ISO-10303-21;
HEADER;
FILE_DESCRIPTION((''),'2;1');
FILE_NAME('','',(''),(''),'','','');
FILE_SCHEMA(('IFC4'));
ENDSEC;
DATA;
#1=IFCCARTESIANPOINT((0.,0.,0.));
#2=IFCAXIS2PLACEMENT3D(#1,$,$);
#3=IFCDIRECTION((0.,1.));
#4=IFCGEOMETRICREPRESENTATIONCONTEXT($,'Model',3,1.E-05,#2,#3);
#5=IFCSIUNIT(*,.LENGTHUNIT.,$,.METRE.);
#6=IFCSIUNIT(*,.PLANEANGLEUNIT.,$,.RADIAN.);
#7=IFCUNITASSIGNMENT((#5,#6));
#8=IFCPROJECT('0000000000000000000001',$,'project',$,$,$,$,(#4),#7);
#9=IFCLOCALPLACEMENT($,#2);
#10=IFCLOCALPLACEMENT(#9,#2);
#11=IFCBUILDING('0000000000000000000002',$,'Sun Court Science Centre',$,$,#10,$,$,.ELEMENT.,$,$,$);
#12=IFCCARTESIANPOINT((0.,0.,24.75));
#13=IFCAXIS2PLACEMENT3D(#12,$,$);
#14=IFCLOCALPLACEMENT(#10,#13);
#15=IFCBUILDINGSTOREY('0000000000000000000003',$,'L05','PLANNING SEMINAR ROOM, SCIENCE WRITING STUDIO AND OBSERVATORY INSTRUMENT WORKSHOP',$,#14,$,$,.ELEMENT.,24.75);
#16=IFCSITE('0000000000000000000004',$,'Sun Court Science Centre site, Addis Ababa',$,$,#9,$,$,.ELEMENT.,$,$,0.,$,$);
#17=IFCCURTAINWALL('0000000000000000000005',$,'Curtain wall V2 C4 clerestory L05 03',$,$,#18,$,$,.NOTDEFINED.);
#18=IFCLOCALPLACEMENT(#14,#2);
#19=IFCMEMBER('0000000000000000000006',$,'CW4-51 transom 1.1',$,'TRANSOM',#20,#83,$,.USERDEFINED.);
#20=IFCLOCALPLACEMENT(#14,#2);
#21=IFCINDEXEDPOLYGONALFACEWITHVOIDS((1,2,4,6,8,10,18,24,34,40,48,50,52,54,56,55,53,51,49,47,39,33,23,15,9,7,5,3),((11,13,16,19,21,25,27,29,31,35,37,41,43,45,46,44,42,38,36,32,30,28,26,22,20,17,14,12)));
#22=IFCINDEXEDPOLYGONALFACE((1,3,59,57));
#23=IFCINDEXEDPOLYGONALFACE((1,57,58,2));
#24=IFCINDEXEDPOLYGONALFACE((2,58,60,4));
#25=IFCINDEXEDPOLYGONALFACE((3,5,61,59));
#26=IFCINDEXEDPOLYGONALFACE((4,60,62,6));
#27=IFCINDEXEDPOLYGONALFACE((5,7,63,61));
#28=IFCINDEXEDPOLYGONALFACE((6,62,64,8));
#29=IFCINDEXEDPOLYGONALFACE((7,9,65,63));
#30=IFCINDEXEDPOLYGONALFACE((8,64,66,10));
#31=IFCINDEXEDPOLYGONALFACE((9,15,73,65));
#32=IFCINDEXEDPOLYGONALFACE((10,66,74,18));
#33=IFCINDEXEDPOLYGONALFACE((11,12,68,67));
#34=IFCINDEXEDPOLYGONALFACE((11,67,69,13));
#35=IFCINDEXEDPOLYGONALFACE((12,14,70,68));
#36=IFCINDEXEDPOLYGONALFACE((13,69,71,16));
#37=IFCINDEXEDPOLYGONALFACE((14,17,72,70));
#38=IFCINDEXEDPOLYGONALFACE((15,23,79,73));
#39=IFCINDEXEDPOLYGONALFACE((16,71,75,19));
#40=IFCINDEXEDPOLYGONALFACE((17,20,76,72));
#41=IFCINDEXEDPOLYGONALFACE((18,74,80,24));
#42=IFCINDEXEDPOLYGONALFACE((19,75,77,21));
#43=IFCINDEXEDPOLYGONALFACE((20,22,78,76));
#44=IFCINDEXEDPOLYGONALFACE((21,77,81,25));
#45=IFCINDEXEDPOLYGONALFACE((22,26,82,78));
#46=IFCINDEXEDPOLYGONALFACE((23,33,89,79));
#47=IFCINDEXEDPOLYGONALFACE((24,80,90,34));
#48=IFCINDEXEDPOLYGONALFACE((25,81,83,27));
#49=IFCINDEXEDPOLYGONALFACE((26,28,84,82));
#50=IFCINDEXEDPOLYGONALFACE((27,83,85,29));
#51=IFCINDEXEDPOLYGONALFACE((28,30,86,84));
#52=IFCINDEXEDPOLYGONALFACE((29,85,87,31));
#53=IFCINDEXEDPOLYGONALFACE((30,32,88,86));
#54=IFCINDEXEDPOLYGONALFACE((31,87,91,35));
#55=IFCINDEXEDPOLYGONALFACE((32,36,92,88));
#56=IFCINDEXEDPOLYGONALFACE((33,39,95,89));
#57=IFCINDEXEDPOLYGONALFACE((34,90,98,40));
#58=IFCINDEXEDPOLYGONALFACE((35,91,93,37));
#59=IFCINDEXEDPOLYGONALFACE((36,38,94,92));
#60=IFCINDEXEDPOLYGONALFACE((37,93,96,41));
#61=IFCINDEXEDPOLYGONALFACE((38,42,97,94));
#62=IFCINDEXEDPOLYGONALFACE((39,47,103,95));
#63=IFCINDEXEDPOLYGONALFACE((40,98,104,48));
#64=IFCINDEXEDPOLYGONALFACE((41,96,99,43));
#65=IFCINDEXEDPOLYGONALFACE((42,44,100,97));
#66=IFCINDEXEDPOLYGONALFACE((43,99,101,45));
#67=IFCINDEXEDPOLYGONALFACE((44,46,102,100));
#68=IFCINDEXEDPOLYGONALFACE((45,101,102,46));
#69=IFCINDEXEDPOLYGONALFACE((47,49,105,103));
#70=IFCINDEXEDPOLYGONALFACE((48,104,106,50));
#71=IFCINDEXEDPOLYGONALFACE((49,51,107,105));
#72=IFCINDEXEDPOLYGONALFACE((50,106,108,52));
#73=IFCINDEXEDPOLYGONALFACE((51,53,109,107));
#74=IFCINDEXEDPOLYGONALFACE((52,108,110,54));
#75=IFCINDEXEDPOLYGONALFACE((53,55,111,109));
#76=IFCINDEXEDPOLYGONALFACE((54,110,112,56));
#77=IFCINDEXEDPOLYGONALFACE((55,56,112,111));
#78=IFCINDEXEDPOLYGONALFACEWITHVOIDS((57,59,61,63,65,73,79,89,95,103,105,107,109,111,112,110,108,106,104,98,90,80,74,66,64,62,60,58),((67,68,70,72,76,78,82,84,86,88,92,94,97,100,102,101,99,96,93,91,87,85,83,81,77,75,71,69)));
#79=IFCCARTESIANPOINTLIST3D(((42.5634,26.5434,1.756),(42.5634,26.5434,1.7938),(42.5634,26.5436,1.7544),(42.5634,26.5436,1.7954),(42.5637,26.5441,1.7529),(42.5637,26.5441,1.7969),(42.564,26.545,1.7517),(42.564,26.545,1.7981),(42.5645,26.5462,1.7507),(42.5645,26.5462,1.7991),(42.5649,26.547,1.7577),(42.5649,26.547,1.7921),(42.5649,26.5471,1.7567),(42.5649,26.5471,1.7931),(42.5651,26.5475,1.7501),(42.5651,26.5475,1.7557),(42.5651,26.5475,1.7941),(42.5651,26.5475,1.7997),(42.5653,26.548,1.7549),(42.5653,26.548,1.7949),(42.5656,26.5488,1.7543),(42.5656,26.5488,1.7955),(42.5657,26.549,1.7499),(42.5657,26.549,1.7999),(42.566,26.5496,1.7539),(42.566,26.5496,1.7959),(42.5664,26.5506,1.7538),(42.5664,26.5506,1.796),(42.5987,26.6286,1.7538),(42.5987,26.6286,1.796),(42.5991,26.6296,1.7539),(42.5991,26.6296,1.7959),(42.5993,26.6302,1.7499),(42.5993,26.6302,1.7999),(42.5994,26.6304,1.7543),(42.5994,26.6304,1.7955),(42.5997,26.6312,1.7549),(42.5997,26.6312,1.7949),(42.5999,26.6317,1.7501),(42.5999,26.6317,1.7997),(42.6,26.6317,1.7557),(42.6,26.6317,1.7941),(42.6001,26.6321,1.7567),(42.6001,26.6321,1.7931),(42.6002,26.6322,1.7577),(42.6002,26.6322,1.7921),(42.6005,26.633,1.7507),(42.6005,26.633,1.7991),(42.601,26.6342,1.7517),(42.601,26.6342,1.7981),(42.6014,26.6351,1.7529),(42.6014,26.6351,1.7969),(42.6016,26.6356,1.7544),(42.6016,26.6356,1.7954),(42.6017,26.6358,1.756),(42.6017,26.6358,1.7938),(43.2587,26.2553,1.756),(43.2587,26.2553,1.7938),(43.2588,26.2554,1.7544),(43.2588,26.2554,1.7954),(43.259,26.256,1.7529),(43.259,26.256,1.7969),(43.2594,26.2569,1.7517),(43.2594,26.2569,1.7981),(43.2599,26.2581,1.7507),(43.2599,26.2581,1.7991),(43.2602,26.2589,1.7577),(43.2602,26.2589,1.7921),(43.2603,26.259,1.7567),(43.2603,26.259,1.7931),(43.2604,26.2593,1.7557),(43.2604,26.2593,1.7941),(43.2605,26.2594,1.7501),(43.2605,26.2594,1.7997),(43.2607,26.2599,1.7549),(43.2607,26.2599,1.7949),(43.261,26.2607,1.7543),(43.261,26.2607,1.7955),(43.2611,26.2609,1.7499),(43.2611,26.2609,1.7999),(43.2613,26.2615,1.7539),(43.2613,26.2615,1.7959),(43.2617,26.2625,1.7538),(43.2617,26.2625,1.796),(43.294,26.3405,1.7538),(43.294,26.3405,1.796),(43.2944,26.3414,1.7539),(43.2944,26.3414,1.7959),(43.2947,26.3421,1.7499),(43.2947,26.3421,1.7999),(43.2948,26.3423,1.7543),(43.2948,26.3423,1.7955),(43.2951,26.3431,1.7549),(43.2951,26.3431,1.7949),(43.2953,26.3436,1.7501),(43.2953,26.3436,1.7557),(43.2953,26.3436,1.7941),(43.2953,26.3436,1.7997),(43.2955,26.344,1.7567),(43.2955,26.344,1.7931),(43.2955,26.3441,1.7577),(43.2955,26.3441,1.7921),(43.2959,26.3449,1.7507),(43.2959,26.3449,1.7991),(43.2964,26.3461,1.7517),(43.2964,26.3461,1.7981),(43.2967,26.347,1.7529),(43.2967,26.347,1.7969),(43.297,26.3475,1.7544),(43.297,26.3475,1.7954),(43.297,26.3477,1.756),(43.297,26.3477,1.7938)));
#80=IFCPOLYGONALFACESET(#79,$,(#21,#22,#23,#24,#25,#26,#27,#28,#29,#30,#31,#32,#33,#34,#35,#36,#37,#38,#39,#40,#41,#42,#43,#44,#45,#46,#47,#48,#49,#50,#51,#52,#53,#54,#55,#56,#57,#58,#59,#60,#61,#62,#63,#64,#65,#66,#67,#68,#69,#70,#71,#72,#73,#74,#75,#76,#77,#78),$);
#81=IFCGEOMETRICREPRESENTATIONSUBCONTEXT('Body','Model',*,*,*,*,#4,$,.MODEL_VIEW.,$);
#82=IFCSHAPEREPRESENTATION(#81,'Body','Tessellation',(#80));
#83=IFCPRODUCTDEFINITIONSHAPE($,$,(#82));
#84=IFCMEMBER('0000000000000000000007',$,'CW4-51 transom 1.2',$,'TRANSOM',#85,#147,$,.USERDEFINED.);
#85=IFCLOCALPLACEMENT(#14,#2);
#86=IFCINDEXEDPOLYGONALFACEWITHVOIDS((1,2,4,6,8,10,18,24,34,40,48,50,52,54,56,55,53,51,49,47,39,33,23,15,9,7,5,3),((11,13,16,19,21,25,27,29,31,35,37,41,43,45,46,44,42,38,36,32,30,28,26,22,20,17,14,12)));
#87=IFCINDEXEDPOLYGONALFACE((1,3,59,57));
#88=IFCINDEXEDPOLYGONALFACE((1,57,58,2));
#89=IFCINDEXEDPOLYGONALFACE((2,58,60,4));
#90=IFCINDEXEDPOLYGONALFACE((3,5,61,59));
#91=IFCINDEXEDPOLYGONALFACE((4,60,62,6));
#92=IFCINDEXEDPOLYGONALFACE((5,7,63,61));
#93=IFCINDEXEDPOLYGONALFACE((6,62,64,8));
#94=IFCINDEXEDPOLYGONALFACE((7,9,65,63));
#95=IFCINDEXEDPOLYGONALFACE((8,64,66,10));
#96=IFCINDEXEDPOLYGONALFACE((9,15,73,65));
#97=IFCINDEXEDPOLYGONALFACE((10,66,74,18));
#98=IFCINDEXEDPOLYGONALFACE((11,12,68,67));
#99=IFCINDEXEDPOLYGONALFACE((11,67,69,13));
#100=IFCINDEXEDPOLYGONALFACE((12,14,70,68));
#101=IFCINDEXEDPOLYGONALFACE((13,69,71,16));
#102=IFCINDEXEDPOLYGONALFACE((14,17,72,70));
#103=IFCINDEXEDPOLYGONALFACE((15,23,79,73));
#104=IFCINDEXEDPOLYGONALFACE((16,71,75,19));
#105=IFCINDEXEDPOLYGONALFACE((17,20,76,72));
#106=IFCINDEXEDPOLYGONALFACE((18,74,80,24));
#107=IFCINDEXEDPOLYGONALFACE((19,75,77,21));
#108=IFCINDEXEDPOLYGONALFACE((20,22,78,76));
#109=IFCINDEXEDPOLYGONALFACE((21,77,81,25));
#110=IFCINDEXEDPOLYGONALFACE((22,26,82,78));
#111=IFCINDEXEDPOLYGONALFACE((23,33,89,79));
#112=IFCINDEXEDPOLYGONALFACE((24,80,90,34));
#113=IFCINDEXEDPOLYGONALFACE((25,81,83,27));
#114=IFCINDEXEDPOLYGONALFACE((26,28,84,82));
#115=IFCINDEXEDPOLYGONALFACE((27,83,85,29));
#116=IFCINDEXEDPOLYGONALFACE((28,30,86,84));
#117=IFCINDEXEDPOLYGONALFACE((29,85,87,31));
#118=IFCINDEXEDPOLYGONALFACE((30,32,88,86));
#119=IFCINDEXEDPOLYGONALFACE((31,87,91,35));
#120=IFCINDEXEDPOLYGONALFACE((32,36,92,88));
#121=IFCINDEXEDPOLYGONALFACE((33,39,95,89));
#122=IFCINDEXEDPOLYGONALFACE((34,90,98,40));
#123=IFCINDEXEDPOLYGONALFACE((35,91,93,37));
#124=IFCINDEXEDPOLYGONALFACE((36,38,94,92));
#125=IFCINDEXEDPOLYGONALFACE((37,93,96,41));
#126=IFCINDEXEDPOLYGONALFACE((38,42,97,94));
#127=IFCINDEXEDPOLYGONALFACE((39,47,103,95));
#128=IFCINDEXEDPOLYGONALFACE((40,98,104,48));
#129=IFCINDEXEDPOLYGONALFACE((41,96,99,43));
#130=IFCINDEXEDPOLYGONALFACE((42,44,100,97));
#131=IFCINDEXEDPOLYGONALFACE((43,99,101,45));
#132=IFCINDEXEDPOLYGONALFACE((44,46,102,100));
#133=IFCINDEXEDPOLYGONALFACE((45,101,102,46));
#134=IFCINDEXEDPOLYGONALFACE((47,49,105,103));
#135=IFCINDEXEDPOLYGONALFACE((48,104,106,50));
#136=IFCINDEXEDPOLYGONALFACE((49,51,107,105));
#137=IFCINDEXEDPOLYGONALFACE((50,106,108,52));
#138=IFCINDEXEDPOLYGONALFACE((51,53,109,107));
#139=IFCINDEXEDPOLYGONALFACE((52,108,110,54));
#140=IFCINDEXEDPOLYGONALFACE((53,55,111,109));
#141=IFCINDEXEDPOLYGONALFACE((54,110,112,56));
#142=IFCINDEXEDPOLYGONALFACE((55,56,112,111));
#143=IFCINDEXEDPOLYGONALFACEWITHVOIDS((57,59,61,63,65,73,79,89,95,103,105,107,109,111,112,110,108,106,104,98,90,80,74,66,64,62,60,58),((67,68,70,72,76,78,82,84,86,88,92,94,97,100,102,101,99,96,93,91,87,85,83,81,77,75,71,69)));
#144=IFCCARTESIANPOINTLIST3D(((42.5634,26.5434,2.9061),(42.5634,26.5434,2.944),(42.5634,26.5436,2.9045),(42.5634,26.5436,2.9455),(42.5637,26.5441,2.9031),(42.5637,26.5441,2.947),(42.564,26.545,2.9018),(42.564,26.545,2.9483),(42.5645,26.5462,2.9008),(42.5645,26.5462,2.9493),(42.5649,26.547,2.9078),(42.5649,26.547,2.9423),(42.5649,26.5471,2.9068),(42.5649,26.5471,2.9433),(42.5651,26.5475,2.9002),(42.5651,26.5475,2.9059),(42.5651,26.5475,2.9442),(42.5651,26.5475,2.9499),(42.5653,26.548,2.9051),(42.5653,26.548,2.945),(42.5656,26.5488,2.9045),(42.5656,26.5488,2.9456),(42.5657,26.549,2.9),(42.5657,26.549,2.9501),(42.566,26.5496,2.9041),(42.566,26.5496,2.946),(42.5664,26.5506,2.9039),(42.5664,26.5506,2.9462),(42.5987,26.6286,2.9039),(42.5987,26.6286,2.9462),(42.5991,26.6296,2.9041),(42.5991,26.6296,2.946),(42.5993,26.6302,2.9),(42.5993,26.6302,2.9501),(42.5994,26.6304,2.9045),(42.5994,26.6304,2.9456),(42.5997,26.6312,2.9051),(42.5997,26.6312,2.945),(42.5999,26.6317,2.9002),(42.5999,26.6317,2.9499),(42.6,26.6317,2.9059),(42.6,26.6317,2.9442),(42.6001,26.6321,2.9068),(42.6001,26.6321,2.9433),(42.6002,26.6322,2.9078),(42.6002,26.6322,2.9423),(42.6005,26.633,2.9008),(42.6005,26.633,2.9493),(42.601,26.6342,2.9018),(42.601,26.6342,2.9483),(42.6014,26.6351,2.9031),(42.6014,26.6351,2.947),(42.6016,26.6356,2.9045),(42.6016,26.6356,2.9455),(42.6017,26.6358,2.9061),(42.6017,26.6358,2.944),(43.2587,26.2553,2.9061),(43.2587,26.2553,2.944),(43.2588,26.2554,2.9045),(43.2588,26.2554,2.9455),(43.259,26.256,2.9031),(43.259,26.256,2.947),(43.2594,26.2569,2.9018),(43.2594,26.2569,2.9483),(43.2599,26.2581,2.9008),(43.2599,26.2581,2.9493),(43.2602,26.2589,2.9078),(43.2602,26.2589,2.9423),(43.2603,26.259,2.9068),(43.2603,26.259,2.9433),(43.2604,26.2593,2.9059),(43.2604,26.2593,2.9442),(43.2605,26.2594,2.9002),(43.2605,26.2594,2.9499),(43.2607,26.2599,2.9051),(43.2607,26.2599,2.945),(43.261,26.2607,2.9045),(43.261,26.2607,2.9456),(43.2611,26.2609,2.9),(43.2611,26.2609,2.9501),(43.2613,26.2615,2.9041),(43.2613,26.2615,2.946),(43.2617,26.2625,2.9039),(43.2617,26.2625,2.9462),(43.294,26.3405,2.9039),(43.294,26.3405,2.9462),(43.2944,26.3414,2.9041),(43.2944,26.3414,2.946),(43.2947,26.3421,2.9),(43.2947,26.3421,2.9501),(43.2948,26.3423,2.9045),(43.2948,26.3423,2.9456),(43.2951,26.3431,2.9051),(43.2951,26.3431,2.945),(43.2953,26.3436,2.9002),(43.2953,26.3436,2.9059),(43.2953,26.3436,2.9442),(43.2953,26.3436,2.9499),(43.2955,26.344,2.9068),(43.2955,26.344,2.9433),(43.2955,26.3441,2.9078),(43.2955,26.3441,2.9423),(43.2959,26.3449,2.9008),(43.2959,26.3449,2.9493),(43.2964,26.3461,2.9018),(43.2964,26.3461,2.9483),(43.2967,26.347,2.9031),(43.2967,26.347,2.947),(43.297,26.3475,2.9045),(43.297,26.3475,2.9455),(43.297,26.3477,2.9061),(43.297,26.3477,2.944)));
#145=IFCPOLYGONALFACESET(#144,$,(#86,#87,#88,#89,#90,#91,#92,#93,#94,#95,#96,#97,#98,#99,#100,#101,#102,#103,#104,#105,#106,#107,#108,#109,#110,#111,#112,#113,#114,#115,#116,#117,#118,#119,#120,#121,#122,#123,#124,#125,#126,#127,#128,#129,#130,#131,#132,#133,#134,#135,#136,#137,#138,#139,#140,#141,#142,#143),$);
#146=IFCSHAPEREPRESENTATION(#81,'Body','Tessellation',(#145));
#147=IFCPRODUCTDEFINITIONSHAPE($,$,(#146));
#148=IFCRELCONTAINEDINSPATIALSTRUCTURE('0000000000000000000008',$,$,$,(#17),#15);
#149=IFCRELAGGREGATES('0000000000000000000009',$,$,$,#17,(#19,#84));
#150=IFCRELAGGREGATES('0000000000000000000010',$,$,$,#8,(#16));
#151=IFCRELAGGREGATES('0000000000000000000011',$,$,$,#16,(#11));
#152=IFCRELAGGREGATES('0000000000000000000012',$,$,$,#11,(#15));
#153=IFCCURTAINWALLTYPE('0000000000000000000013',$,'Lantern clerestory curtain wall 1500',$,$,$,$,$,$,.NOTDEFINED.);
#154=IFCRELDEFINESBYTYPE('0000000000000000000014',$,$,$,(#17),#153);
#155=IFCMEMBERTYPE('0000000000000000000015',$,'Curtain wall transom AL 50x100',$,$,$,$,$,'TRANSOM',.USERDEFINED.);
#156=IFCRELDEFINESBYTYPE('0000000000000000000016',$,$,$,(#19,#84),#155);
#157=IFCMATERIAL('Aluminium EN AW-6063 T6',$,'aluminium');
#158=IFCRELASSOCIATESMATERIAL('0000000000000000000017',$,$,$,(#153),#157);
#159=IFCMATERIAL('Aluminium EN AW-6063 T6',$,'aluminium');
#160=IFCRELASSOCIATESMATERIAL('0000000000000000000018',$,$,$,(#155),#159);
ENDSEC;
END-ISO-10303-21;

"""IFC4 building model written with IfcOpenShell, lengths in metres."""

from ifc_helpers import new_model, si_unit, direction, frame, origin, origin_2d, place, context, subcontext, project, spatial, hollow_rectangle, extrude, material, material_profile, profile_set, type_object, element, aggregate, save


model = new_model("IFC4")

# Units and contexts
model_context = context("Model", 3, precision=1e-05, world=origin(), true_north=direction((0.0, 1.0)))
body_context = subcontext(model_context, "Body", "Model", "MODEL_VIEW")
ifc_project = project(units=[si_unit("LENGTHUNIT", "METRE"), si_unit("PLANEANGLEUNIT", "RADIAN")], contexts=[model_context])

# Site, building, storey
site_placement = place(None, origin())
site = spatial("IfcSite", under=ifc_project, at=site_placement, Name="Sun Court Science Centre site, Addis Ababa", CompositionType="ELEMENT", RefElevation=0.0)
building_placement = place(site_placement, origin())
building = spatial("IfcBuilding", under=site, at=building_placement, Name="Sun Court Science Centre", CompositionType="ELEMENT")
storey_placement = place(building_placement, frame((0.0, 0.0, 24.75)))
storey = spatial("IfcBuildingStorey", under=building, at=storey_placement, Name="L05", Description="PLANNING SEMINAR ROOM, SCIENCE WRITING STUDIO AND OBSERVATORY INSTRUMENT WORKSHOP", CompositionType="ELEMENT", Elevation=24.75)

# Curtain wall
ifc_material_1 = material(Name="Aluminium EN AW-6063 T6", Category="aluminium")
curtain_wall_type = type_object("IfcCurtainWallType", Name="Lantern clerestory curtain wall 1500", PredefinedType="NOTDEFINED", material=ifc_material_1)
curtain_wall_1_placement = place(storey_placement, origin())
curtain_wall_1 = element("IfcCurtainWall", 1, at=curtain_wall_1_placement, inside=storey, type_object=curtain_wall_type, Name="Curtain wall V2 C4 clerestory L05 03", PredefinedType="NOTDEFINED")

# Members
ifc_material_2 = material(Name="Aluminium EN AW-6063 T6", Category="aluminium")
ifc_material_profile_1 = material_profile(ifc_material_2, hollow_rectangle(XDim=0.05, YDim=0.1001, WallThickness=0.0039, InnerFilletRadius=0.0039, OuterFilletRadius=0.0061, at=origin_2d()), Name="AL 50x100x4")
ifc_profile_set_1 = profile_set([ifc_material_profile_1], Name="Aluminium EN AW-6063 T6")
member_type_1 = type_object("IfcMemberType", Name="Curtain wall transom AL 50x100", ElementType="TRANSOM", PredefinedType="USERDEFINED", material=ifc_profile_set_1)
member_1_placement = place(storey_placement, frame((42.5825, 26.5896, 1.7749), z_axis=(0.923843, -0.382772, 0.0), x_axis=(0.0, 0.0, 1.0)))
member_1 = element("IfcMember", 2, at=member_1_placement, type_object=member_type_1, Name="CW4-51 transom 1.1", ObjectType="TRANSOM", PredefinedType="USERDEFINED", context=body_context, shape_type="SweptSolid", body=[
    extrude(hollow_rectangle(XDim=0.05, YDim=0.1001, WallThickness=0.0039, InnerFilletRadius=0.0039, OuterFilletRadius=0.0061, at=origin_2d()), origin(), (0.0, 0.0, 1.0), 0.7527),
])
member_2_placement = place(storey_placement, frame((42.5825, 26.5896, 2.925), z_axis=(0.923843, -0.382772, 0.0), x_axis=(0.0, 0.0, 1.0)))
member_2 = element("IfcMember", 3, at=member_2_placement, type_object=member_type_1, Name="CW4-51 transom 1.2", ObjectType="TRANSOM", PredefinedType="USERDEFINED", context=body_context, shape_type="SweptSolid", body=[
    extrude(hollow_rectangle(XDim=0.05, YDim=0.1001, WallThickness=0.0039, InnerFilletRadius=0.0039, OuterFilletRadius=0.0061, at=origin_2d()), origin(), (0.0, 0.0, 1.0), 0.7527),
])

aggregate(curtain_wall_1, [member_1, member_2])

save(model, "model.ifc")
